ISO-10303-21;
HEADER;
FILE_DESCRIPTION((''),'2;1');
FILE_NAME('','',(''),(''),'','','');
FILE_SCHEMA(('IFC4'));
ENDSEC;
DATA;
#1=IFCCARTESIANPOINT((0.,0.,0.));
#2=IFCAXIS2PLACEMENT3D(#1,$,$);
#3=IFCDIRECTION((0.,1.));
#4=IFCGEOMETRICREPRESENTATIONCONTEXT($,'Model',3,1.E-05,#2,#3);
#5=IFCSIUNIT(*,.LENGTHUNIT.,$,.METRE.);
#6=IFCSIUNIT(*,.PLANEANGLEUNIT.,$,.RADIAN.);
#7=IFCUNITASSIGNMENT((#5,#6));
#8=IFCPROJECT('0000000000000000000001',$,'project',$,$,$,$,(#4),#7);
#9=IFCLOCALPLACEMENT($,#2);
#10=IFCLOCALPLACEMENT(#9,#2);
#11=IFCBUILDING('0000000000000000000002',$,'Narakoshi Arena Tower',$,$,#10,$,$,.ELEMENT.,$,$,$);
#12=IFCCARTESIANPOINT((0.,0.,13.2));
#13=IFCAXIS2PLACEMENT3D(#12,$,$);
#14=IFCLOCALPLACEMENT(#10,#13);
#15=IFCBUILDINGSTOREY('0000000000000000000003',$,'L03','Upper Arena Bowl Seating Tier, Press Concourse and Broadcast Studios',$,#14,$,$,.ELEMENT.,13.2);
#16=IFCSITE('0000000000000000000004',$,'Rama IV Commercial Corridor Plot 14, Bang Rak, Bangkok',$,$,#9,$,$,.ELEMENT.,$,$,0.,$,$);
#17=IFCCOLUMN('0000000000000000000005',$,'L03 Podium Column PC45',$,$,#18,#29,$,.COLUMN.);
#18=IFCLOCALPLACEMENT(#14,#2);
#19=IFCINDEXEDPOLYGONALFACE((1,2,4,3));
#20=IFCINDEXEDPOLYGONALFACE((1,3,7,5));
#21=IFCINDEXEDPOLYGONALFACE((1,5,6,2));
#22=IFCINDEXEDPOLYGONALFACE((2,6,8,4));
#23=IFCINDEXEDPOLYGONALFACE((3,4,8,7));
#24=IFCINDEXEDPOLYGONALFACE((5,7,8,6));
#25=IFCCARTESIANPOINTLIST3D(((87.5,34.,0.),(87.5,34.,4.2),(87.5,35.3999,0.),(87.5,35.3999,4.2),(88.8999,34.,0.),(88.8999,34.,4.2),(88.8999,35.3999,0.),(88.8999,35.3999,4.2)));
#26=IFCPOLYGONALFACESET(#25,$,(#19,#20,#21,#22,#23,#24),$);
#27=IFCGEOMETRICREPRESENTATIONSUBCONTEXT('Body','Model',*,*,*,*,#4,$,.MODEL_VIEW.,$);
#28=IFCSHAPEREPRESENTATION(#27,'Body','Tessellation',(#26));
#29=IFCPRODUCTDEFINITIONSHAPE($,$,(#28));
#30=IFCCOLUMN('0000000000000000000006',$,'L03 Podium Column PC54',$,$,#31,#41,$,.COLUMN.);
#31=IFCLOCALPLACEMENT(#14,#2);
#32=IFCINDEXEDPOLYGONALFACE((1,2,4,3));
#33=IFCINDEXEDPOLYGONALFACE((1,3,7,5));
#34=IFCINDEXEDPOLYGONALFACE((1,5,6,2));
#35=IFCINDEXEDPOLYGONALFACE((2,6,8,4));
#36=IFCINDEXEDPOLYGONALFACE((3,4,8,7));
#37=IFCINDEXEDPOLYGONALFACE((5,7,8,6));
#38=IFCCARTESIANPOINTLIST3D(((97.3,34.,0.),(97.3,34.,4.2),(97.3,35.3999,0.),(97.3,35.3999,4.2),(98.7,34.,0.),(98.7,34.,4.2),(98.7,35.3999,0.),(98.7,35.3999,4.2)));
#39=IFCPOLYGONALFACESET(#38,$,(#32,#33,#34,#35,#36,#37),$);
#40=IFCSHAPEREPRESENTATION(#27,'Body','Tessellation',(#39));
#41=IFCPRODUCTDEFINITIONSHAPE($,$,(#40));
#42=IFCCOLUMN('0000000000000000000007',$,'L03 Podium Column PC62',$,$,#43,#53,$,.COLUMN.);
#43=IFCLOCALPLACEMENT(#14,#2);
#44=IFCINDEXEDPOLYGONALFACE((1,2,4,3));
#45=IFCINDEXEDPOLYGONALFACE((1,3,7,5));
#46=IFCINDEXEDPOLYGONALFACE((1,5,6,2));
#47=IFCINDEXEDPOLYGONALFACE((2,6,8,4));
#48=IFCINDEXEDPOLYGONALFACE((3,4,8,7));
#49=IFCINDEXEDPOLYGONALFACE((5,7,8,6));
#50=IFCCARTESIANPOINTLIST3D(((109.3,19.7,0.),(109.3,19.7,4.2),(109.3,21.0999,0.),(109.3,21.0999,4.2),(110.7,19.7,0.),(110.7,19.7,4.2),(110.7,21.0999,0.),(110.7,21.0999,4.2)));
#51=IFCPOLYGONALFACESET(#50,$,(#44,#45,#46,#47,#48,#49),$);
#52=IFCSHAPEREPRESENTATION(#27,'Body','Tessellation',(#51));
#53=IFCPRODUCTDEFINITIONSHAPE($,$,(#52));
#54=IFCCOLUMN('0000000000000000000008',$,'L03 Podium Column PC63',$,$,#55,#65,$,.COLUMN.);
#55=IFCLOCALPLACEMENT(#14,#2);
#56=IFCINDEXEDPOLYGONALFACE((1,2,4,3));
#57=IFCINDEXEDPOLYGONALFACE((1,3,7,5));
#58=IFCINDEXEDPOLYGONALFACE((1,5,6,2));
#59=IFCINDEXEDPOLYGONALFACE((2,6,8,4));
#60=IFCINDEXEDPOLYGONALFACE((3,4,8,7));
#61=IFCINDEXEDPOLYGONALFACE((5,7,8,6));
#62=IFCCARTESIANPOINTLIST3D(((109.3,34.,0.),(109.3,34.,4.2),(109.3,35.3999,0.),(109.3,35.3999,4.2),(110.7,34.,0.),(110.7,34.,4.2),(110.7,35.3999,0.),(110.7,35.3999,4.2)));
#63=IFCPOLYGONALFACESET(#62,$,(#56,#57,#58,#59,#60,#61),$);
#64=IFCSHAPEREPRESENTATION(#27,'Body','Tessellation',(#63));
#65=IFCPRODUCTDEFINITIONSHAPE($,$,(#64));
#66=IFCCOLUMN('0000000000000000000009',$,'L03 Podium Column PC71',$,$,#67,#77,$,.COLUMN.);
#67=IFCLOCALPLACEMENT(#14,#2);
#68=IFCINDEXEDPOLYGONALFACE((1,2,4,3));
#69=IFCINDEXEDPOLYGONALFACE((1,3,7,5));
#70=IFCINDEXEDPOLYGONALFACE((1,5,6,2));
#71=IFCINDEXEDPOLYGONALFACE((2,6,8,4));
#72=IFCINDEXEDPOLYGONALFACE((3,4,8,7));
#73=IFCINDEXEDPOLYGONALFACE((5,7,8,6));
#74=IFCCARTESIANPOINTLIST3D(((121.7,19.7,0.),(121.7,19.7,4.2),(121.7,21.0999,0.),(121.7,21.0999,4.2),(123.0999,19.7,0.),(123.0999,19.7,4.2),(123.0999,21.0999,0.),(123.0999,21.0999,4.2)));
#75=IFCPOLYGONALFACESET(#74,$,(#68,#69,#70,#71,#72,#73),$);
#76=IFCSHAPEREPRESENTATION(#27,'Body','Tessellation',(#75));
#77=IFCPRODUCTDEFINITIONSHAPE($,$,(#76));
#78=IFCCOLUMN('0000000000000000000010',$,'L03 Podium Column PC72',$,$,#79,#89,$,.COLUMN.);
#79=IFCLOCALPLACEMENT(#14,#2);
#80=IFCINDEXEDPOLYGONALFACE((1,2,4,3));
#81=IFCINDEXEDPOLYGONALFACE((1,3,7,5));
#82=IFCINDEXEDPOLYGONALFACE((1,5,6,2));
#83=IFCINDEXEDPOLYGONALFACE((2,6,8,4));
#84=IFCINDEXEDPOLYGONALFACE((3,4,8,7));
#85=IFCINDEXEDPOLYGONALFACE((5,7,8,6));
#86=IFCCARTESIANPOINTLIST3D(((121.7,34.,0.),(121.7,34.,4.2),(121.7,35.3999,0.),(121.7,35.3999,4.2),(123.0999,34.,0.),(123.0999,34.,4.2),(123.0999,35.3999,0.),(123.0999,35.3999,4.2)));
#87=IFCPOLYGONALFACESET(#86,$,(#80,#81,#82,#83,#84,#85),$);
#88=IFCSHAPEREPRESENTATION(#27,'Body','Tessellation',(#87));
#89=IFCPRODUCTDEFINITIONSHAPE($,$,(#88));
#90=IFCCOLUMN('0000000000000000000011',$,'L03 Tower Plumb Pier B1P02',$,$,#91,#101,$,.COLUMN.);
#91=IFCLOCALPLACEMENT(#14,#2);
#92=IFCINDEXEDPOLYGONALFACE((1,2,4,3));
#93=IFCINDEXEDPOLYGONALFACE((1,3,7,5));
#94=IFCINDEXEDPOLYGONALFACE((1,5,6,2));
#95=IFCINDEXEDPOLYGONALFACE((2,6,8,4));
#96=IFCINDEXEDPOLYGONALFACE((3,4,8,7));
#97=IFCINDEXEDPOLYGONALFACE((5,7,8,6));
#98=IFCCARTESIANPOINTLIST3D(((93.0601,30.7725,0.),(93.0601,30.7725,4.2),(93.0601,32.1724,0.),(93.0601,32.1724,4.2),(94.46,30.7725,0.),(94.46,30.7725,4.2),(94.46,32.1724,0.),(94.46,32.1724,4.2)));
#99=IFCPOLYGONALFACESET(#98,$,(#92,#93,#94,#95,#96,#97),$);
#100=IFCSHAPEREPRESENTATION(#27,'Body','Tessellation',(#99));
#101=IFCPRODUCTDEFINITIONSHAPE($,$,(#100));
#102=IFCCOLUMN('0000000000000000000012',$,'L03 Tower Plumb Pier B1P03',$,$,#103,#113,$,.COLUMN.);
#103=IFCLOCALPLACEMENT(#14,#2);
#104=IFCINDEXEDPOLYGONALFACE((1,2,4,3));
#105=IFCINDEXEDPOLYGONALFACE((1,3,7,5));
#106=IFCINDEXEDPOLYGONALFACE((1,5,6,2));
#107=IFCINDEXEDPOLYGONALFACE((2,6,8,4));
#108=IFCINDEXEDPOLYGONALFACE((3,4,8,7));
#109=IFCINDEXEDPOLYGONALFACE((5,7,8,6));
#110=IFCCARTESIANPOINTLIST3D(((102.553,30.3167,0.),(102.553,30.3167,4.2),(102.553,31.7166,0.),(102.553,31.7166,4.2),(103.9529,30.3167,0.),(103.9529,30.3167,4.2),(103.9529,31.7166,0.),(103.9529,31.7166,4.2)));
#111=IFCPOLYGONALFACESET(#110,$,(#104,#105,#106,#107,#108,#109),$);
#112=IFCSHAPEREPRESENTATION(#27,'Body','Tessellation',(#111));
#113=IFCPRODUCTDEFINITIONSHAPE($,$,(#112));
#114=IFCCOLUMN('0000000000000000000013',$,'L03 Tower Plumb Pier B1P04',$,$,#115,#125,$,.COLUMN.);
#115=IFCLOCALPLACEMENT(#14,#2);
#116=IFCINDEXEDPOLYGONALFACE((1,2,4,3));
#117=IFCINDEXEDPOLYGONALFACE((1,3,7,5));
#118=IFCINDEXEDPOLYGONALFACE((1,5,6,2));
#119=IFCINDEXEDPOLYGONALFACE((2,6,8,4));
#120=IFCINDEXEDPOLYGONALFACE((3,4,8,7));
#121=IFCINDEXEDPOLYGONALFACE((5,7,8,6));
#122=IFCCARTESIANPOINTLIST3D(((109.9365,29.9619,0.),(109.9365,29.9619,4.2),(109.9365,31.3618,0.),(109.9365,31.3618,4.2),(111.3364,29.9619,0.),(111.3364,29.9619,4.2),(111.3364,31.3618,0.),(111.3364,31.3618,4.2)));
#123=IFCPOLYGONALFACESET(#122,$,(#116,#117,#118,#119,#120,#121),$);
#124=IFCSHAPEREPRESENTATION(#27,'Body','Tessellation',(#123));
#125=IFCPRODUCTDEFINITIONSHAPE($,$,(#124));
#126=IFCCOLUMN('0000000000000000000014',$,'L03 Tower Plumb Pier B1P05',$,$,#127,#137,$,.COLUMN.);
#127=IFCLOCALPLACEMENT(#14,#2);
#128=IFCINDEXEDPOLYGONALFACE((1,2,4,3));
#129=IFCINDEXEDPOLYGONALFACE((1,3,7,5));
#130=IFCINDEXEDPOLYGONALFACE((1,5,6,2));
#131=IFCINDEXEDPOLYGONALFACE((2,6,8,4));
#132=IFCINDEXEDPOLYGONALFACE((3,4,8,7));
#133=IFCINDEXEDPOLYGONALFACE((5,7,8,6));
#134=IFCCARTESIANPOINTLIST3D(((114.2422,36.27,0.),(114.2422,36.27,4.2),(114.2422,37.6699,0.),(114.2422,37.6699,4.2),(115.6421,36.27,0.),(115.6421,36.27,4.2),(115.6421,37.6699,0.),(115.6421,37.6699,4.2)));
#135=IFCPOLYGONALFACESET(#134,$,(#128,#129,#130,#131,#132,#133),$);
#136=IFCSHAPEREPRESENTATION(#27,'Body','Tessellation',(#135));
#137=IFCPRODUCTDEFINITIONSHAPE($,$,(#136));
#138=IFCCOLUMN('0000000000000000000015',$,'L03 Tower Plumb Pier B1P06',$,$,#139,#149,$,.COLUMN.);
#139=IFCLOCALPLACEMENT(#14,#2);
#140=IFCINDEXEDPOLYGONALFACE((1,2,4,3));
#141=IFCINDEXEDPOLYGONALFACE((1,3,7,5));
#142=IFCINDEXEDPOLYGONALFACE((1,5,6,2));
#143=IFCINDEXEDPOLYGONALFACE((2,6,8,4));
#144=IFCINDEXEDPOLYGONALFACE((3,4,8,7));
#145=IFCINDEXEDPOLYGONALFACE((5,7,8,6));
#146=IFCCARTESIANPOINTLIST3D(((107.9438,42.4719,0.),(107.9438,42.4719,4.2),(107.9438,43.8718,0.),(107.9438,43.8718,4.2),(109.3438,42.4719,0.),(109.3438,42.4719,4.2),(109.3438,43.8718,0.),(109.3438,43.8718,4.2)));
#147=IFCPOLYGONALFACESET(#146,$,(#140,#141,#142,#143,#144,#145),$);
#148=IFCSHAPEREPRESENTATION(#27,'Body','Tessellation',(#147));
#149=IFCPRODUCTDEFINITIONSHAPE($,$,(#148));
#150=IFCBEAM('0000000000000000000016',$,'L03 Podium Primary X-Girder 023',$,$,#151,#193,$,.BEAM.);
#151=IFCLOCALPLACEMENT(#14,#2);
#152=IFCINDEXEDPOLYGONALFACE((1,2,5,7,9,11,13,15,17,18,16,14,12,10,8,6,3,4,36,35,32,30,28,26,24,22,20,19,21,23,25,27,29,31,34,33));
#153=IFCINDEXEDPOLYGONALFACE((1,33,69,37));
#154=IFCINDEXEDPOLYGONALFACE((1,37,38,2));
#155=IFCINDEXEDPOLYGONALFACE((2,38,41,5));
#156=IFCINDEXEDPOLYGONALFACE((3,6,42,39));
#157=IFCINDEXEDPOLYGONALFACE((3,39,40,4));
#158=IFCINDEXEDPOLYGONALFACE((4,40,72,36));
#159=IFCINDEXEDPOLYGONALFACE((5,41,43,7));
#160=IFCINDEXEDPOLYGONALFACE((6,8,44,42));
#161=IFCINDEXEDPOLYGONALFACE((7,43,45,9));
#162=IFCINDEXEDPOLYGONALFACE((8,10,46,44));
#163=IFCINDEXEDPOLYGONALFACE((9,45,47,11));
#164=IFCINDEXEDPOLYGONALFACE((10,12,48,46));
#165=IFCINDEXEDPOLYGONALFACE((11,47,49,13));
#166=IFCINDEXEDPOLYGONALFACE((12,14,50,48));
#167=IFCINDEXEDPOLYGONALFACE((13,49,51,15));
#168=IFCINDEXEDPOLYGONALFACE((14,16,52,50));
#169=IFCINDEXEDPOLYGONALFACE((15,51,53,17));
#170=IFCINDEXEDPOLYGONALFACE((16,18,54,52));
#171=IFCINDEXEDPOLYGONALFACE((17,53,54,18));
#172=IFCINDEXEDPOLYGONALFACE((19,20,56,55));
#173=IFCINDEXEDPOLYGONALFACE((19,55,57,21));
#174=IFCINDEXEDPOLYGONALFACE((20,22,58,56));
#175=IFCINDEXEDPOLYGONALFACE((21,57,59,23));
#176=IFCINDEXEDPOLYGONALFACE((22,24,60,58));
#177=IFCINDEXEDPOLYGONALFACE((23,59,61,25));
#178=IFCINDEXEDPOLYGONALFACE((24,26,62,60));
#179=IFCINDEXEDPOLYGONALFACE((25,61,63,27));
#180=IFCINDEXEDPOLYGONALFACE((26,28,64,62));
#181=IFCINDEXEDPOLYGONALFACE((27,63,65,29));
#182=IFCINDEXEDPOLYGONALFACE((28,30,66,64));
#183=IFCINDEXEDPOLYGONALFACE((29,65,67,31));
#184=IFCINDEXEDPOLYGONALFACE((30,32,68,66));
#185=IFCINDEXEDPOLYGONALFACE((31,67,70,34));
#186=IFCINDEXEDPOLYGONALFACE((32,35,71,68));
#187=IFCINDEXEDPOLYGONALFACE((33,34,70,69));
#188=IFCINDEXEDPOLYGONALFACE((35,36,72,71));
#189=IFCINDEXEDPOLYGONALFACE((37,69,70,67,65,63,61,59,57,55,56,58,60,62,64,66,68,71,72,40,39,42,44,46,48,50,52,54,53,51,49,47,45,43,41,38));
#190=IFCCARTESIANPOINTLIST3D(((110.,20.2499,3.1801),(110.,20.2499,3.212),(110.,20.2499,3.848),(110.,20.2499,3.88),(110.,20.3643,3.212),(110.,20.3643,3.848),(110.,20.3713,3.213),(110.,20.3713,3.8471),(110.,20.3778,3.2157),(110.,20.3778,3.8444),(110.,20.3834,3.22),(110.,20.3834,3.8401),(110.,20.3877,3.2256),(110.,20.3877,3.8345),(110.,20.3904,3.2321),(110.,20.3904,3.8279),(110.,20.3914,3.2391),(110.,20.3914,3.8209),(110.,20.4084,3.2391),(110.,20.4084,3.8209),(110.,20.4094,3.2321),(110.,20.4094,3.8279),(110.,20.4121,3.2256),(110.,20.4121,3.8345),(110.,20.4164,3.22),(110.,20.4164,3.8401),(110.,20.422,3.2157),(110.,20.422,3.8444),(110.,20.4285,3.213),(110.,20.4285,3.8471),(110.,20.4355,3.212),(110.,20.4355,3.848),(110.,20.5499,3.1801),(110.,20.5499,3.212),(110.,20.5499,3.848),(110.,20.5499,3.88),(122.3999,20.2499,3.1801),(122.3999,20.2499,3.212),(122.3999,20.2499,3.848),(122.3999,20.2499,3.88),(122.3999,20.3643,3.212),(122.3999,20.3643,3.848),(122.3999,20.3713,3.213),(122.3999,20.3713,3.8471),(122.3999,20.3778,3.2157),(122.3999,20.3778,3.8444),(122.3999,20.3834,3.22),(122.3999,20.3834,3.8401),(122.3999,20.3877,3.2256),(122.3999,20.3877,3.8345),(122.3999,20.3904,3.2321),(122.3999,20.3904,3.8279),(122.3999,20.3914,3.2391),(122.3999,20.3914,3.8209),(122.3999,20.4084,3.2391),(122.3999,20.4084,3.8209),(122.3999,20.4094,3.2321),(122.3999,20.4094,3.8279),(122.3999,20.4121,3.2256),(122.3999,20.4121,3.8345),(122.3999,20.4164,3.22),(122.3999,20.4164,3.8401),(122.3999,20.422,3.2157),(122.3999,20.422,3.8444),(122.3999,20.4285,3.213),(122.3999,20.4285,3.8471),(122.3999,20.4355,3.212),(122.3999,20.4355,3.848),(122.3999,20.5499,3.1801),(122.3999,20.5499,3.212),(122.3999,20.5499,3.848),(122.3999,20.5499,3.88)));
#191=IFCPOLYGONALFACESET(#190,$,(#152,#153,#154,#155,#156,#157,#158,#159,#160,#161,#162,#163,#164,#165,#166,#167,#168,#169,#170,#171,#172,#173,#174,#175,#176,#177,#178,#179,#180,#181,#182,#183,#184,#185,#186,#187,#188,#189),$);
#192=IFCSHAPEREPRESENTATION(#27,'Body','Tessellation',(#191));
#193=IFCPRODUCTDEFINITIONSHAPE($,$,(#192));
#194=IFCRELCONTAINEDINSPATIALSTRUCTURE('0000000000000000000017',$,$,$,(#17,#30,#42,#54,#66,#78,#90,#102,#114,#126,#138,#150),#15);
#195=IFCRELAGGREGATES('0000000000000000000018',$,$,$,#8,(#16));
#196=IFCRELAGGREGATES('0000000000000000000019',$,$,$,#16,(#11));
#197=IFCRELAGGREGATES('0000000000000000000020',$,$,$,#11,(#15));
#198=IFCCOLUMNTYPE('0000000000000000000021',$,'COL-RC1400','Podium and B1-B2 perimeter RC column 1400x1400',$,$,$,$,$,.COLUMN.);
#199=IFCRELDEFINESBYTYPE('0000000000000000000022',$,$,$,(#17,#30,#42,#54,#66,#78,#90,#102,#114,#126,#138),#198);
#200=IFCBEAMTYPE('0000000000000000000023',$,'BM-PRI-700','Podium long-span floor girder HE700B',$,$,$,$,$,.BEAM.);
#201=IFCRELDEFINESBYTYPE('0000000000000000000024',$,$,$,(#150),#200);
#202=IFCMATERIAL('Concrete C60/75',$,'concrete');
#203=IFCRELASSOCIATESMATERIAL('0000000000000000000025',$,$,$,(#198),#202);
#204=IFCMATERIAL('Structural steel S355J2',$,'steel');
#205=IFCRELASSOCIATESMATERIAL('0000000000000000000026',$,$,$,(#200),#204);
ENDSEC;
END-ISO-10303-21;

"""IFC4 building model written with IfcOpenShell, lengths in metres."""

from ifc_helpers import new_model, si_unit, direction, frame, origin, origin_2d, place, context, subcontext, project, spatial, rectangle, i_section, extrude, material, material_profile, profile_set, type_object, element, save


model = new_model("IFC4")

# Units and contexts
model_context = context("Model", 3, precision=1e-05, world=origin(), true_north=direction((0.0, 1.0)))
body_context = subcontext(model_context, "Body", "Model", "MODEL_VIEW")
ifc_project = project(units=[si_unit("LENGTHUNIT", "METRE"), si_unit("PLANEANGLEUNIT", "RADIAN")], contexts=[model_context])

# Site, building, storey
site_placement = place(None, origin())
site = spatial("IfcSite", under=ifc_project, at=site_placement, Name="Rama IV Commercial Corridor Plot 14, Bang Rak, Bangkok", CompositionType="ELEMENT", RefElevation=0.0)
building_placement = place(site_placement, origin())
building = spatial("IfcBuilding", under=site, at=building_placement, Name="Narakoshi Arena Tower", CompositionType="ELEMENT")
storey_placement = place(building_placement, frame((0.0, 0.0, 13.2)))
storey = spatial("IfcBuildingStorey", under=building, at=storey_placement, Name="L03", Description="Upper Arena Bowl Seating Tier, Press Concourse and Broadcast Studios", CompositionType="ELEMENT", Elevation=13.2)

# Columns
ifc_material_1 = material(Name="Concrete C60/75", Category="concrete")
ifc_material_profile_1 = material_profile(ifc_material_1, rectangle(XDim=1.3999, YDim=1.3999, at=origin_2d()), Name="RC1400x1400")
ifc_profile_set_1 = profile_set([ifc_material_profile_1], Name="Concrete C60/75")
column_type = type_object("IfcColumnType", Name="COL-RC1400", Description="Podium and B1-B2 perimeter RC column 1400x1400", PredefinedType="COLUMN", material=ifc_profile_set_1)
for number, where, z_axis, x_axis, name in (
    (1, (88.2, 34.7, 0.0), (0.0, 0.0, 1.0), (1.0, 0.0, 0.0), "L03 Podium Column PC45"),
    (2, (98.0, 34.7, 0.0), (0.0, 0.0, 1.0), (1.0, 0.0, 0.0), "L03 Podium Column PC54"),
    (3, (110.0, 20.3999, 0.0), (0.0, 0.0, 1.0), (1.0, 0.0, 0.0), "L03 Podium Column PC62"),
    (4, (110.0, 34.7, 0.0), (0.0, 0.0, 1.0), (1.0, 0.0, 0.0), "L03 Podium Column PC63"),
    (5, (122.3999, 20.3999, 0.0), (0.0, 0.0, 1.0), (1.0, 0.0, 0.0), "L03 Podium Column PC71"),
    (6, (122.3999, 34.7, 0.0), (0.0, 0.0, 1.0), (1.0, 0.0, 0.0), "L03 Podium Column PC72"),
    (7, (93.76, 31.4724, 0.0), (0.0, 0.0, 1.0), (1.0, 0.0, 0.0), "L03 Tower Plumb Pier B1P02"),
    (8, (103.2529, 31.0166, 0.0), (0.0, 0.0, 1.0), (1.0, 0.0, 0.0), "L03 Tower Plumb Pier B1P03"),
    (9, (110.6365, 30.6619, 0.0), (0.0, 0.0, 1.0), (1.0, 0.0, 0.0), "L03 Tower Plumb Pier B1P04"),
    (10, (114.9421, 36.97, 0.0), (0.0, 0.0, 1.0), (1.0, 0.0, 0.0), "L03 Tower Plumb Pier B1P05"),
    (11, (108.6438, 43.1719, 0.0), (0.0, 0.0, 1.0), (1.0, 0.0, 0.0), "L03 Tower Plumb Pier B1P06"),
):
    element("IfcColumn", number, at=place(storey_placement, frame(where, z_axis=z_axis, x_axis=x_axis)), inside=storey, type_object=column_type, Name=name, PredefinedType="COLUMN", context=body_context, shape_type="SweptSolid", body=[
        extrude(rectangle(XDim=1.3999, YDim=1.3999, at=origin_2d()), origin(), (0.0, 0.0, 1.0), 4.2),
    ])

# Beam
ifc_material_2 = material(Name="Structural steel S355J2", Category="steel")
ifc_material_profile_2 = material_profile(ifc_material_2, i_section(OverallWidth=0.3, OverallDepth=0.7, WebThickness=0.0171, FlangeThickness=0.032, FilletRadius=0.0271, at=origin_2d()), Name="HE700B")
ifc_profile_set_2 = profile_set([ifc_material_profile_2], Name="Structural steel S355J2")
beam_type_1 = type_object("IfcBeamType", Name="BM-PRI-700", Description="Podium long-span floor girder HE700B", PredefinedType="BEAM", material=ifc_profile_set_2)
beam_1_placement = place(storey_placement, frame((110.0, 20.3999, 3.53), z_axis=(1.0, 0.0, 0.0), x_axis=(0.0, 1.0, 0.0)))
element("IfcBeam", 12, at=beam_1_placement, inside=storey, type_object=beam_type_1, Name="L03 Podium Primary X-Girder 023", PredefinedType="BEAM", context=body_context, shape_type="SweptSolid", body=[
    extrude(i_section(OverallWidth=0.3, OverallDepth=0.7, WebThickness=0.0171, FlangeThickness=0.032, FilletRadius=0.0271, at=origin_2d()), origin(), (0.0, 0.0, 1.0), 12.3999),
])

save(model, "model.ifc")
